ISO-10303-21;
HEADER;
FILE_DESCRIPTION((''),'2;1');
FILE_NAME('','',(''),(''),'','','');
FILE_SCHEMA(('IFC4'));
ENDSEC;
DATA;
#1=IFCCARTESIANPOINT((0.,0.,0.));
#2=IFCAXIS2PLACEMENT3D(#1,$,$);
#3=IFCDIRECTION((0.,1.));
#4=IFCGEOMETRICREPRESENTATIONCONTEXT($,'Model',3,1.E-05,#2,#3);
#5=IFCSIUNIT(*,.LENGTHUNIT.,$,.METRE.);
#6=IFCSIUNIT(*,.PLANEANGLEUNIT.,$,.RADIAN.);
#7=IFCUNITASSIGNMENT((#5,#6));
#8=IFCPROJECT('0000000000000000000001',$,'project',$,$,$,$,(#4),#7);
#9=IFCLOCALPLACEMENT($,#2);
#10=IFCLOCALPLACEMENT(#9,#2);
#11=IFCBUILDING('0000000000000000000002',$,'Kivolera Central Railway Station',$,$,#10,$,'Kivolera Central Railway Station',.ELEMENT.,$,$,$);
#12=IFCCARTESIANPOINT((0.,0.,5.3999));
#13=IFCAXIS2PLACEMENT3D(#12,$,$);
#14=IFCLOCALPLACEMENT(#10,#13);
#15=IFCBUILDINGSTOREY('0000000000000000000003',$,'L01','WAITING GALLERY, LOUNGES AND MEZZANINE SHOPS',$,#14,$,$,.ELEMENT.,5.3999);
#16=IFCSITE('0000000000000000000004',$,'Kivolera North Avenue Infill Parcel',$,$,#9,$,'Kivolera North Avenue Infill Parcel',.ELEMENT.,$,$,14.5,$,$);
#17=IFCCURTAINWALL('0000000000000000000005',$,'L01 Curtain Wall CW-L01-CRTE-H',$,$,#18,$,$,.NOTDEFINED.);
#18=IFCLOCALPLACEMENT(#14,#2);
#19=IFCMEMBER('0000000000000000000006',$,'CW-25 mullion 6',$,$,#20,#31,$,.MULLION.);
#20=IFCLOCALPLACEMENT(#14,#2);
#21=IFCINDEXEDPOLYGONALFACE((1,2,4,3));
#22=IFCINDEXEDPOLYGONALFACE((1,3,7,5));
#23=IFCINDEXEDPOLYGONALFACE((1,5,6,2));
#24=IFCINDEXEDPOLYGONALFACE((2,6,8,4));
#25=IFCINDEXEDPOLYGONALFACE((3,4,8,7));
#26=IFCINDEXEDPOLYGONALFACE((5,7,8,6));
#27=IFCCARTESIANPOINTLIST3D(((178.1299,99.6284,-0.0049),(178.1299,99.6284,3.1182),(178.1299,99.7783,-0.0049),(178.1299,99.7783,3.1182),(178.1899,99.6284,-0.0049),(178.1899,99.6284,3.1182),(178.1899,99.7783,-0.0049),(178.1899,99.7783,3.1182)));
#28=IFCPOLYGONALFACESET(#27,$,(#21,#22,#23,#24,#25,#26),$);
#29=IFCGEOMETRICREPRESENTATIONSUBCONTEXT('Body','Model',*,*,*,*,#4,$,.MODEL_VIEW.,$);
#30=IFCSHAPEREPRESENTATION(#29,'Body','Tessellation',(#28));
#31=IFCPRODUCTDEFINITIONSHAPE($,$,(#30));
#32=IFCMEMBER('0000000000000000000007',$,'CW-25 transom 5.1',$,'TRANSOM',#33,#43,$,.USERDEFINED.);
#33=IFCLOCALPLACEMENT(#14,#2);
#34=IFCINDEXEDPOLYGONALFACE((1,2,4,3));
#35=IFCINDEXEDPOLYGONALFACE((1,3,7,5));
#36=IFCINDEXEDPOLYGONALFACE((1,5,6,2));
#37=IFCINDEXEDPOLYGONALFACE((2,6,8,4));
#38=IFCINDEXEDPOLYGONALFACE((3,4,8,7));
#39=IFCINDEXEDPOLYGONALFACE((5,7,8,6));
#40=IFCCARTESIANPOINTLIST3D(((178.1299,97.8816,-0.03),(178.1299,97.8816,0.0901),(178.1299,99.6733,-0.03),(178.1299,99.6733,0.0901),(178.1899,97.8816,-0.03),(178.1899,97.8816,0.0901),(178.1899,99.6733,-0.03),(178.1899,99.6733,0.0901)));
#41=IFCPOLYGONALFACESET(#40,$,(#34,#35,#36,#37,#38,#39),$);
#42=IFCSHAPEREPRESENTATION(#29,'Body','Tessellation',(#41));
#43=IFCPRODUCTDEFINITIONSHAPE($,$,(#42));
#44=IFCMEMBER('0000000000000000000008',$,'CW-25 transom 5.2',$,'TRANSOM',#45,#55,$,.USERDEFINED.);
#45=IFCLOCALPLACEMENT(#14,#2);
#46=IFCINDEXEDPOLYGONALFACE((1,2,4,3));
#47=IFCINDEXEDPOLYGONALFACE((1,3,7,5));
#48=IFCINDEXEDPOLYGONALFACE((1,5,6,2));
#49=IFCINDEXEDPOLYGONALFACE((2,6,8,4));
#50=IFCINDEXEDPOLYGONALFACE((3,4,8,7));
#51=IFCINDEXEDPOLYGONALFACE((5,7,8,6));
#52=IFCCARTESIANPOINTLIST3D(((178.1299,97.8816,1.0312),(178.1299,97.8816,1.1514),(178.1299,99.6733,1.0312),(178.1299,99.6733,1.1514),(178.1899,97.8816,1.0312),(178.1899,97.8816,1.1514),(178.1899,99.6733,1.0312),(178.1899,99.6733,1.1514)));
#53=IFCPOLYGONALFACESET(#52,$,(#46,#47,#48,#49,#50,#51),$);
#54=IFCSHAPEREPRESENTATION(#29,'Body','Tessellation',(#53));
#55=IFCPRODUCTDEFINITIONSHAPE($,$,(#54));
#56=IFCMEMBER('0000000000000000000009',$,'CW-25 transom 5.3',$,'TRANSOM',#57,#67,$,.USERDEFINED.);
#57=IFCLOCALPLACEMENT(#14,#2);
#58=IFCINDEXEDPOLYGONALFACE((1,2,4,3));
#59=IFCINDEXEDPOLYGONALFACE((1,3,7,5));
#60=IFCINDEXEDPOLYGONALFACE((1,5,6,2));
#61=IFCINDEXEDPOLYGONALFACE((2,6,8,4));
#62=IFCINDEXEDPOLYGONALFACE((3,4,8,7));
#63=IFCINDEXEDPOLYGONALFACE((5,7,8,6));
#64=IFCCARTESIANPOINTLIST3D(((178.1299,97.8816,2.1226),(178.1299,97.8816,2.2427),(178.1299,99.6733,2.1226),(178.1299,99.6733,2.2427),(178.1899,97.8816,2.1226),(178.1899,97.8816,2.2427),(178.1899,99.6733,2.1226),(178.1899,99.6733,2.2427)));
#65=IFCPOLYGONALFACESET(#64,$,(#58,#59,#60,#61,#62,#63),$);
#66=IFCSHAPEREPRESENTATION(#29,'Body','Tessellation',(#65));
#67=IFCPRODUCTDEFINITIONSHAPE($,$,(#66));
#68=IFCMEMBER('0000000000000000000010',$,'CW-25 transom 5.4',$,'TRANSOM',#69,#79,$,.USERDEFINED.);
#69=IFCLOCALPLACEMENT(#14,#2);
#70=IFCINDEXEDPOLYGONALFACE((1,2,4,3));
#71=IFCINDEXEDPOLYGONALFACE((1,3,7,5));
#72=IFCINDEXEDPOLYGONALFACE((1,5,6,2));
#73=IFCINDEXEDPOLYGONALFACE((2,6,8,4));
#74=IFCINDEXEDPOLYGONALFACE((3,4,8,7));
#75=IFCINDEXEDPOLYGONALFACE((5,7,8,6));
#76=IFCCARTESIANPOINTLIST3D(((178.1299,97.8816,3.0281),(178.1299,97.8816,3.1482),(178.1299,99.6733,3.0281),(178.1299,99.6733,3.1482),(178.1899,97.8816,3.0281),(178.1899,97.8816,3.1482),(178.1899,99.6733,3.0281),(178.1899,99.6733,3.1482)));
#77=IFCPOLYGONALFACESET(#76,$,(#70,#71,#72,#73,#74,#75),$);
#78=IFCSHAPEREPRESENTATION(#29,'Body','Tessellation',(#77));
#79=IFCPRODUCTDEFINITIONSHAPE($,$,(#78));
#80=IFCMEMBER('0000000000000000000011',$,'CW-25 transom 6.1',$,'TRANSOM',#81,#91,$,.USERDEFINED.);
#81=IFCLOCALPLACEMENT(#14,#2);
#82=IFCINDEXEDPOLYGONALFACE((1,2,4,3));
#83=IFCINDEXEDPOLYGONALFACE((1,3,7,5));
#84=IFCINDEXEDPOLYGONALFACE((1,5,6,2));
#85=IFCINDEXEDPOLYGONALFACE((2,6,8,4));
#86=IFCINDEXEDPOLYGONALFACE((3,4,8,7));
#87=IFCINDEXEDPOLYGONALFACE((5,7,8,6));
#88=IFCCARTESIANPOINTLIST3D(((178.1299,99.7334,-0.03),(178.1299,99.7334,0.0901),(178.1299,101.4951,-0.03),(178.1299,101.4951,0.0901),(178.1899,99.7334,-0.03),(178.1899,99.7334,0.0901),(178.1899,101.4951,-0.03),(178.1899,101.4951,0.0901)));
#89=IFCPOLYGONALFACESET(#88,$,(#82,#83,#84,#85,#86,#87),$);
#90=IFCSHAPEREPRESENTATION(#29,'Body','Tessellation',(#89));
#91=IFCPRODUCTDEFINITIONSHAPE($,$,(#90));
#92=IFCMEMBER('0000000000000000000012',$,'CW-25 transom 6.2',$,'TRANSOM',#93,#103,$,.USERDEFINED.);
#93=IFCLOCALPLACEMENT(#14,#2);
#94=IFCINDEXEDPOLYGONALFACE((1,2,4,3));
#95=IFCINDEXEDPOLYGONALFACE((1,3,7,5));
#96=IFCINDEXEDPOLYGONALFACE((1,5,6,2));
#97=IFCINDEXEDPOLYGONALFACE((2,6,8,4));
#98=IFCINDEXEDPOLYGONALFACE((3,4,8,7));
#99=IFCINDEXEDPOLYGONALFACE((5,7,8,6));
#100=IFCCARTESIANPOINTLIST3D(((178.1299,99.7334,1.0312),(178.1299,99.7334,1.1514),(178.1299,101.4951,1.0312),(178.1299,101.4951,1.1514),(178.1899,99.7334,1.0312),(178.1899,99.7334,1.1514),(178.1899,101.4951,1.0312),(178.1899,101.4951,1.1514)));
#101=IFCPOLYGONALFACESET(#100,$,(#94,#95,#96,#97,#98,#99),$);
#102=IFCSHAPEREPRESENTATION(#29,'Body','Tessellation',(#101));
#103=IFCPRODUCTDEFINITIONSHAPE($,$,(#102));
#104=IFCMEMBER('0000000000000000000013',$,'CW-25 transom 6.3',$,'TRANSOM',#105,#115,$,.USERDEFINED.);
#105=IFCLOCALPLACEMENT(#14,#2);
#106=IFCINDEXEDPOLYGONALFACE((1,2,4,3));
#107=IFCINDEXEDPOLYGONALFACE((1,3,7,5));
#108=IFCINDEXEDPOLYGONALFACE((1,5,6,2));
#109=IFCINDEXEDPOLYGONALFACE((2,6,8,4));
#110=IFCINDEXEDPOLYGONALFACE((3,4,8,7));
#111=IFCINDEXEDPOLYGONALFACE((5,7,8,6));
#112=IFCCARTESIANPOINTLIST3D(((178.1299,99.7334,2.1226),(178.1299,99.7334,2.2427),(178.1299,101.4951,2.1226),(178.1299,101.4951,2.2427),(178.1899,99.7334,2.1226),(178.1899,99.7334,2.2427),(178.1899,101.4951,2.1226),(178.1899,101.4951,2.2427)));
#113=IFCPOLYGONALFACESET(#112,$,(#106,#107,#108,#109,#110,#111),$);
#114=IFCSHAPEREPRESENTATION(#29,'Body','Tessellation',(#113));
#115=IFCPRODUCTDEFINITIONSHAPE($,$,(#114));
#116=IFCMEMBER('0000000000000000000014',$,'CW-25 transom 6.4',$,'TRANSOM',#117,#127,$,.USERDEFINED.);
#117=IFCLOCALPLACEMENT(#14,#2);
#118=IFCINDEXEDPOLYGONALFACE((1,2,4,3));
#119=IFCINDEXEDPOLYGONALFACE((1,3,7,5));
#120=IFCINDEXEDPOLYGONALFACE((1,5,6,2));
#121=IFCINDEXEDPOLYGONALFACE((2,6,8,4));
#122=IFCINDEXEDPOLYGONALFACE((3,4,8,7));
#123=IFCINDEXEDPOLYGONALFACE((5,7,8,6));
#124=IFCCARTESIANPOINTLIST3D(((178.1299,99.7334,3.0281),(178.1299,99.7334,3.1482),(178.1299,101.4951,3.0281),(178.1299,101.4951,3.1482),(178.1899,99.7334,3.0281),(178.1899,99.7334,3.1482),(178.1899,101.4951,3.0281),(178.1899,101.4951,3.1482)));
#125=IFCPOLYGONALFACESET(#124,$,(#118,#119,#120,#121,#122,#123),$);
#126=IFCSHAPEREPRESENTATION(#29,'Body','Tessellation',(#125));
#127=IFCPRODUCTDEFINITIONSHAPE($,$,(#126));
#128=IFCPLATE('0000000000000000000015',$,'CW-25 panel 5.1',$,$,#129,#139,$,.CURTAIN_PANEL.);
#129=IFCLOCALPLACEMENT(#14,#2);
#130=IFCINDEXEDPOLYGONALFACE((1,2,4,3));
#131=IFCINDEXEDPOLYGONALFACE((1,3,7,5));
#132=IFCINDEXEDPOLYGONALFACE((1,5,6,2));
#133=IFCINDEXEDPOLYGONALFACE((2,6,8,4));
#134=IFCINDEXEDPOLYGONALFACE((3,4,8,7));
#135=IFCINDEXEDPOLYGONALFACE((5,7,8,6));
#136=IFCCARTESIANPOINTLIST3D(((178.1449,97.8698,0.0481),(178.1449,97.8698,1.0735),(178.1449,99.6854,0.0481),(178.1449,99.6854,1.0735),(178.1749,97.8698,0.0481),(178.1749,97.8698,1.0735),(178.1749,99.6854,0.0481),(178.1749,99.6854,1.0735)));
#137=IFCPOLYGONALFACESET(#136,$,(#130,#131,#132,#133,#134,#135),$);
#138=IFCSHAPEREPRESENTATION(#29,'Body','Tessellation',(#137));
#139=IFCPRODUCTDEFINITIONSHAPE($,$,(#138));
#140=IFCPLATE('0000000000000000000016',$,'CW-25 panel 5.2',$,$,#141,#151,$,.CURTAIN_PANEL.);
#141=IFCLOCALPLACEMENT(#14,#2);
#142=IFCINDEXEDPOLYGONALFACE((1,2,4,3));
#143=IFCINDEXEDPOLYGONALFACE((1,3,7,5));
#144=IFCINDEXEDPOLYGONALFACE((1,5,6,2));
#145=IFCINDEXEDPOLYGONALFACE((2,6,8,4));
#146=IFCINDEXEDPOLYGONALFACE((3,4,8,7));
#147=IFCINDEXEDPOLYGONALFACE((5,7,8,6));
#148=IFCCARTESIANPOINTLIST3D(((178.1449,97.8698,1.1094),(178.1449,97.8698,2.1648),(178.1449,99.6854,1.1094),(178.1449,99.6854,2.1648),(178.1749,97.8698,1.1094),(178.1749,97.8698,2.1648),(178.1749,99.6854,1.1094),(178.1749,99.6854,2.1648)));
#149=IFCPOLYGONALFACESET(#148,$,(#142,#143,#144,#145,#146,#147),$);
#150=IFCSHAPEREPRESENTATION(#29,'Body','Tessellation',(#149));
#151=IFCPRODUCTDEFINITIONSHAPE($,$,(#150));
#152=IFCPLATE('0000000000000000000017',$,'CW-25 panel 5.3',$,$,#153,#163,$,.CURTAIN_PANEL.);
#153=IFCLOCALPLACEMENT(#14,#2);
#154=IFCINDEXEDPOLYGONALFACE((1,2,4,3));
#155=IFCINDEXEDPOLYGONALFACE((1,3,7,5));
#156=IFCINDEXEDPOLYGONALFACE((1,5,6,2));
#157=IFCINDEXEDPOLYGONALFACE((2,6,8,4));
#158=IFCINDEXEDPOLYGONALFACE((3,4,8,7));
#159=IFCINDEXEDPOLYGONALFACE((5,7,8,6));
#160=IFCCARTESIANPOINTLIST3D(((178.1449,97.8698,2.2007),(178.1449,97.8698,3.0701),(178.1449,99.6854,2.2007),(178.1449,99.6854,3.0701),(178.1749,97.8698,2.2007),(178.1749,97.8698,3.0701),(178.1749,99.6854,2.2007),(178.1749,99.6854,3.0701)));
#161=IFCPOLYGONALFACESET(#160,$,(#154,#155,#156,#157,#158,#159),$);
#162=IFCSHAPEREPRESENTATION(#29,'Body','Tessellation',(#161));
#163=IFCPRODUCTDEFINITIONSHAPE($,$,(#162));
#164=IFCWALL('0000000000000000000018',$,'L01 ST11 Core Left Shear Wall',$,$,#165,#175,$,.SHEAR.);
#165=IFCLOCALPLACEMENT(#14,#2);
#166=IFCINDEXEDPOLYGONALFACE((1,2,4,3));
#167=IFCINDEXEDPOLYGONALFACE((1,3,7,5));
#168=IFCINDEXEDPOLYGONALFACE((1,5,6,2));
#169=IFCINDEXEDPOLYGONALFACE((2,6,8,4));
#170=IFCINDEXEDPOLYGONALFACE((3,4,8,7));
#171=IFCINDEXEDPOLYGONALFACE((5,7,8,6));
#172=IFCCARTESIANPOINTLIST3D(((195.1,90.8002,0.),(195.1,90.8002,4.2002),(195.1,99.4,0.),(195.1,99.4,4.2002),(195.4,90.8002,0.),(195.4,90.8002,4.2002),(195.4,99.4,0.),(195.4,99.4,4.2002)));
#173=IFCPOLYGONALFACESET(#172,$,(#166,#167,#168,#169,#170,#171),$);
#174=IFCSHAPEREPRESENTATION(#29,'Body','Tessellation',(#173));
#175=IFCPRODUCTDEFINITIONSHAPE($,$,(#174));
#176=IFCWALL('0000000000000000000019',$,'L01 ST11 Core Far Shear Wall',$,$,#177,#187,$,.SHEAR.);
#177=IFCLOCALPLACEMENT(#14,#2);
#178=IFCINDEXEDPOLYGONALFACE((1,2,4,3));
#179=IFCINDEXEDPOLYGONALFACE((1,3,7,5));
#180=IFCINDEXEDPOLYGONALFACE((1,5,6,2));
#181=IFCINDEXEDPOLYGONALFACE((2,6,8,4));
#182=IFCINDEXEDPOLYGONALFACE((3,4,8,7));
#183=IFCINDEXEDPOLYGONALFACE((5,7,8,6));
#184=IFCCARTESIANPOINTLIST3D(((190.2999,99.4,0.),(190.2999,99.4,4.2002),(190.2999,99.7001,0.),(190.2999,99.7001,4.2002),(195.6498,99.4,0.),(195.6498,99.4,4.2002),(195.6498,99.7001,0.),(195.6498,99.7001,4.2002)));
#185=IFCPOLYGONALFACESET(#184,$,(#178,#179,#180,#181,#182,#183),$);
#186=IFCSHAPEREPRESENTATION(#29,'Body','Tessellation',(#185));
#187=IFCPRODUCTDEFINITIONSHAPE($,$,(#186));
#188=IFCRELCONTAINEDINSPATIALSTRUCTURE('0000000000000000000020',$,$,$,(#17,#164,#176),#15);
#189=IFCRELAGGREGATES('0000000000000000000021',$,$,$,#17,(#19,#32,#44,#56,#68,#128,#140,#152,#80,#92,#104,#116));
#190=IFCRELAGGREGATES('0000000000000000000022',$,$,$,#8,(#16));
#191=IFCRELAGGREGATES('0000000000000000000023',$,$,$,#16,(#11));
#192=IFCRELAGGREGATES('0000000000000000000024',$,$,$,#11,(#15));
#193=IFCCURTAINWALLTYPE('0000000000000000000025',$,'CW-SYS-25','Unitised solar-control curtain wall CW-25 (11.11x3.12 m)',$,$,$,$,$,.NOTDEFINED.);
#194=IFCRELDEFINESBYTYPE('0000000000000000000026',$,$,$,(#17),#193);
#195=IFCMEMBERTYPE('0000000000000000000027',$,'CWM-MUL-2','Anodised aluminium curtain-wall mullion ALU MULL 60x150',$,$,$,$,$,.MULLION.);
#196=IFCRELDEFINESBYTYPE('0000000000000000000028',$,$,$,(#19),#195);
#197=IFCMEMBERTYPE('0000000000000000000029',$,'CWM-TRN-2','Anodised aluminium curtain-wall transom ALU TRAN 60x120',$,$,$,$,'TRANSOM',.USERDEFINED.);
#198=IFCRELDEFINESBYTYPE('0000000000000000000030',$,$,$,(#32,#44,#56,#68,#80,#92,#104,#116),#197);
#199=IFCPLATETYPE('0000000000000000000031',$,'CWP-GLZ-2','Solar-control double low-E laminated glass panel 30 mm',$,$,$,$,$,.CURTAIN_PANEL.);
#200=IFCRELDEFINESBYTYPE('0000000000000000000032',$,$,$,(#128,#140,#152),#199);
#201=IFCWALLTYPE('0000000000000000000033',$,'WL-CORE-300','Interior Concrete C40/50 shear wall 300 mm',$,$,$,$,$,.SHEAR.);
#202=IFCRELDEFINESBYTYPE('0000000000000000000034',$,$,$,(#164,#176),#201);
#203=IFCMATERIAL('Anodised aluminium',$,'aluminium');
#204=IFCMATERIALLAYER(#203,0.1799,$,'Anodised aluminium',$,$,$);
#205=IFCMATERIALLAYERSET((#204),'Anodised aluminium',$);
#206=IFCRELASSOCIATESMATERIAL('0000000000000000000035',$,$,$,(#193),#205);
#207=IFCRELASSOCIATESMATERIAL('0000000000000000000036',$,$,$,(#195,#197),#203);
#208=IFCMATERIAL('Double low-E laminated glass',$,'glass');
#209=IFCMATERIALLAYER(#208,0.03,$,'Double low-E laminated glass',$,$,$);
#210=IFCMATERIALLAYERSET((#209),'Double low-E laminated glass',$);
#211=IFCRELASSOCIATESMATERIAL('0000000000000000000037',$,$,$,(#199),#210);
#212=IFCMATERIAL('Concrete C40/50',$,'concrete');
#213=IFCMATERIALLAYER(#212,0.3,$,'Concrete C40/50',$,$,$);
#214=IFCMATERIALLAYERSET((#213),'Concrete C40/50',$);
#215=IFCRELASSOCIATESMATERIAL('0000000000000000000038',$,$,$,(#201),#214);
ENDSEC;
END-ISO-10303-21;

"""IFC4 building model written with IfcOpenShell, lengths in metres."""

from ifc_helpers import new_model, si_unit, direction, frame, frame_2d, origin, origin_2d, place, context, subcontext, project, spatial, rectangle, extrude, material, layer, layer_set, material_profile, profile_set, type_object, element, aggregate, save


model = new_model("IFC4")

# Units and contexts
model_context = context("Model", 3, precision=1e-05, world=origin(), true_north=direction((0.0, 1.0)))
body_context = subcontext(model_context, "Body", "Model", "MODEL_VIEW")
ifc_project = project(units=[si_unit("LENGTHUNIT", "METRE"), si_unit("PLANEANGLEUNIT", "RADIAN")], contexts=[model_context])

# Site, building, storey
site_placement = place(None, origin())
site = spatial("IfcSite", under=ifc_project, at=site_placement, Name="Kivolera North Avenue Infill Parcel", LongName="Kivolera North Avenue Infill Parcel", CompositionType="ELEMENT", RefElevation=14.5)
building_placement = place(site_placement, origin())
building = spatial("IfcBuilding", under=site, at=building_placement, Name="Kivolera Central Railway Station", LongName="Kivolera Central Railway Station", CompositionType="ELEMENT")
storey_placement = place(building_placement, frame((0.0, 0.0, 5.3999)))
storey = spatial("IfcBuildingStorey", under=building, at=storey_placement, Name="L01", Description="WAITING GALLERY, LOUNGES AND MEZZANINE SHOPS", CompositionType="ELEMENT", Elevation=5.3999)

# Curtain wall, members, plates
ifc_material_1 = material(Name="Anodised aluminium", Category="aluminium")
ifc_layer_1 = layer(ifc_material_1, 0.1799, Name="Anodised aluminium")
ifc_layer_set_1 = layer_set([ifc_layer_1], Name="Anodised aluminium")
curtain_wall_type = type_object("IfcCurtainWallType", Name="CW-SYS-25", Description="Unitised solar-control curtain wall CW-25 (11.11x3.12 m)", PredefinedType="NOTDEFINED", material=ifc_layer_set_1)
curtain_wall_placement = place(storey_placement, origin())
curtain_wall = element("IfcCurtainWall", 1, at=curtain_wall_placement, inside=storey, type_object=curtain_wall_type, Name="L01 Curtain Wall CW-L01-CRTE-H", PredefinedType="NOTDEFINED")
ifc_material_profile_1 = material_profile(ifc_material_1, rectangle(XDim=0.0601, YDim=0.1499, at=origin_2d()), Name="ALU MULL 60x150")
ifc_profile_set_1 = profile_set([ifc_material_profile_1], Name="Anodised aluminium")
member_type_1 = type_object("IfcMemberType", Name="CWM-MUL-2", Description="Anodised aluminium curtain-wall mullion ALU MULL 60x150", PredefinedType="MULLION", material=ifc_profile_set_1)
member_1_placement = place(storey_placement, frame((178.1599, 99.7034, -0.0049), z_axis=(0.0, 0.0, 1.0), x_axis=(-1.0, 0.0, 0.0)))
member_1 = element("IfcMember", 2, at=member_1_placement, type_object=member_type_1, Name="CW-25 mullion 6", PredefinedType="MULLION", context=body_context, shape_type="SweptSolid", body=[
    extrude(rectangle(XDim=0.0601, YDim=0.1499, at=origin_2d()), origin(), (0.0, 0.0, 1.0), 3.123),
])
ifc_material_profile_2 = material_profile(ifc_material_1, rectangle(XDim=0.0601, YDim=0.1201, at=origin_2d()), Name="ALU TRAN 60x120")
ifc_profile_set_2 = profile_set([ifc_material_profile_2], Name="Anodised aluminium")
member_type_2 = type_object("IfcMemberType", Name="CWM-TRN-2", Description="Anodised aluminium curtain-wall transom ALU TRAN 60x120", ElementType="TRANSOM", PredefinedType="USERDEFINED", material=ifc_profile_set_2)
member_2_placement = place(storey_placement, frame((178.1599, 97.8816, 0.03), z_axis=(0.0, 1.0, 0.0), x_axis=(-1.0, 0.0, 0.0)))
member_2 = element("IfcMember", 3, at=member_2_placement, type_object=member_type_2, Name="CW-25 transom 5.1", ObjectType="TRANSOM", PredefinedType="USERDEFINED", context=body_context, shape_type="SweptSolid", body=[
    extrude(rectangle(XDim=0.0601, YDim=0.1201, at=origin_2d()), origin(), (0.0, 0.0, 1.0), 1.7917),
])
member_3_placement = place(storey_placement, frame((178.1599, 97.8816, 1.0913), z_axis=(0.0, 1.0, 0.0), x_axis=(-1.0, 0.0, 0.0)))
member_3 = element("IfcMember", 4, at=member_3_placement, type_object=member_type_2, Name="CW-25 transom 5.2", ObjectType="TRANSOM", PredefinedType="USERDEFINED", context=body_context, shape_type="SweptSolid", body=[
    extrude(rectangle(XDim=0.0601, YDim=0.1201, at=origin_2d()), origin(), (0.0, 0.0, 1.0), 1.7917),
])
member_4_placement = place(storey_placement, frame((178.1599, 97.8816, 2.1826), z_axis=(0.0, 1.0, 0.0), x_axis=(-1.0, 0.0, 0.0)))
member_4 = element("IfcMember", 5, at=member_4_placement, type_object=member_type_2, Name="CW-25 transom 5.3", ObjectType="TRANSOM", PredefinedType="USERDEFINED", context=body_context, shape_type="SweptSolid", body=[
    extrude(rectangle(XDim=0.0601, YDim=0.1201, at=origin_2d()), origin(), (0.0, 0.0, 1.0), 1.7917),
])
member_5_placement = place(storey_placement, frame((178.1599, 97.8816, 3.0881), z_axis=(0.0, 1.0, 0.0), x_axis=(-1.0, 0.0, 0.0)))
member_5 = element("IfcMember", 6, at=member_5_placement, type_object=member_type_2, Name="CW-25 transom 5.4", ObjectType="TRANSOM", PredefinedType="USERDEFINED", context=body_context, shape_type="SweptSolid", body=[
    extrude(rectangle(XDim=0.0601, YDim=0.1201, at=origin_2d()), origin(), (0.0, 0.0, 1.0), 1.7917),
])
member_6_placement = place(storey_placement, frame((178.1599, 99.7334, 0.03), z_axis=(0.0, 1.0, 0.0), x_axis=(-1.0, 0.0, 0.0)))
member_6 = element("IfcMember", 7, at=member_6_placement, type_object=member_type_2, Name="CW-25 transom 6.1", ObjectType="TRANSOM", PredefinedType="USERDEFINED", context=body_context, shape_type="SweptSolid", body=[
    extrude(rectangle(XDim=0.0601, YDim=0.1201, at=origin_2d()), origin(), (0.0, 0.0, 1.0), 1.7617),
])
member_7_placement = place(storey_placement, frame((178.1599, 99.7334, 1.0913), z_axis=(0.0, 1.0, 0.0), x_axis=(-1.0, 0.0, 0.0)))
member_7 = element("IfcMember", 8, at=member_7_placement, type_object=member_type_2, Name="CW-25 transom 6.2", ObjectType="TRANSOM", PredefinedType="USERDEFINED", context=body_context, shape_type="SweptSolid", body=[
    extrude(rectangle(XDim=0.0601, YDim=0.1201, at=origin_2d()), origin(), (0.0, 0.0, 1.0), 1.7617),
])
member_8_placement = place(storey_placement, frame((178.1599, 99.7334, 2.1826), z_axis=(0.0, 1.0, 0.0), x_axis=(-1.0, 0.0, 0.0)))
member_8 = element("IfcMember", 9, at=member_8_placement, type_object=member_type_2, Name="CW-25 transom 6.3", ObjectType="TRANSOM", PredefinedType="USERDEFINED", context=body_context, shape_type="SweptSolid", body=[
    extrude(rectangle(XDim=0.0601, YDim=0.1201, at=origin_2d()), origin(), (0.0, 0.0, 1.0), 1.7617),
])
member_9_placement = place(storey_placement, frame((178.1599, 99.7334, 3.0881), z_axis=(0.0, 1.0, 0.0), x_axis=(-1.0, 0.0, 0.0)))
member_9 = element("IfcMember", 10, at=member_9_placement, type_object=member_type_2, Name="CW-25 transom 6.4", ObjectType="TRANSOM", PredefinedType="USERDEFINED", context=body_context, shape_type="SweptSolid", body=[
    extrude(rectangle(XDim=0.0601, YDim=0.1201, at=origin_2d()), origin(), (0.0, 0.0, 1.0), 1.7617),
])
ifc_material_2 = material(Name="Double low-E laminated glass", Category="glass")
ifc_layer_2 = layer(ifc_material_2, 0.03, Name="Double low-E laminated glass")
ifc_layer_set_2 = layer_set([ifc_layer_2], Name="Double low-E laminated glass")
plate_type = type_object("IfcPlateType", Name="CWP-GLZ-2", Description="Solar-control double low-E laminated glass panel 30 mm", PredefinedType="CURTAIN_PANEL", material=ifc_layer_set_2)
plate_1_placement = place(storey_placement, frame((178.1599, 98.7776, 0.0481), z_axis=(0.0, 0.0, 1.0), x_axis=(0.0, 1.0, 0.0)))
plate_1 = element("IfcPlate", 11, at=plate_1_placement, type_object=plate_type, Name="CW-25 panel 5.1", PredefinedType="CURTAIN_PANEL", context=body_context, shape_type="SweptSolid", body=[
    extrude(rectangle(XDim=1.8157, YDim=0.03, at=origin_2d()), origin(), (0.0, 0.0, 1.0), 1.0254),
])
plate_2_placement = place(storey_placement, frame((178.1599, 98.7776, 1.1094), z_axis=(0.0, 0.0, 1.0), x_axis=(0.0, 1.0, 0.0)))
plate_2 = element("IfcPlate", 12, at=plate_2_placement, type_object=plate_type, Name="CW-25 panel 5.2", PredefinedType="CURTAIN_PANEL", context=body_context, shape_type="SweptSolid", body=[
    extrude(rectangle(XDim=1.8157, YDim=0.03, at=origin_2d()), origin(), (0.0, 0.0, 1.0), 1.0554),
])
plate_3_placement = place(storey_placement, frame((178.1599, 98.7776, 2.2007), z_axis=(0.0, 0.0, 1.0), x_axis=(0.0, 1.0, 0.0)))
plate_3 = element("IfcPlate", 13, at=plate_3_placement, type_object=plate_type, Name="CW-25 panel 5.3", PredefinedType="CURTAIN_PANEL", context=body_context, shape_type="SweptSolid", body=[
    extrude(rectangle(XDim=1.8157, YDim=0.03, at=origin_2d()), origin(), (0.0, 0.0, 1.0), 0.8694),
])
aggregate(curtain_wall, [member_1, member_2, member_3, member_4, member_5, plate_1, plate_2, plate_3, member_6, member_7, member_8, member_9])

# Walls
ifc_material_3 = material(Name="Concrete C40/50", Category="concrete")
ifc_layer_3 = layer(ifc_material_3, 0.3, Name="Concrete C40/50")
ifc_layer_set_3 = layer_set([ifc_layer_3], Name="Concrete C40/50")
wall_type = type_object("IfcWallType", Name="WL-CORE-300", Description="Interior Concrete C40/50 shear wall 300 mm", PredefinedType="SHEAR", material=ifc_layer_set_3)
wall_1_placement = place(storey_placement, frame((195.25, 99.3999, 0.0), z_axis=(0.0, 0.0, 1.0), x_axis=(0.0, -1.0, 0.0)))
element("IfcWall", 14, at=wall_1_placement, inside=storey, type_object=wall_type, Name="L01 ST11 Core Left Shear Wall", PredefinedType="SHEAR", context=body_context, shape_type="SweptSolid", body=[
    extrude(rectangle(XDim=8.5999, YDim=0.3, at=frame_2d((4.2998, 0.0))), origin(), (0.0, 0.0, 1.0), 4.2002),
])
wall_2_placement = place(storey_placement, frame((190.3, 99.55, 0.0), z_axis=(0.0, 0.0, 1.0), x_axis=(1.0, 0.0, 0.0)))
element("IfcWall", 15, at=wall_2_placement, inside=storey, type_object=wall_type, Name="L01 ST11 Core Far Shear Wall", PredefinedType="SHEAR", context=body_context, shape_type="SweptSolid", body=[
    extrude(rectangle(XDim=5.3499, YDim=0.3, at=frame_2d((2.6748, 0.0))), origin(), (0.0, 0.0, 1.0), 4.2002),
])

save(model, "model.ifc")
